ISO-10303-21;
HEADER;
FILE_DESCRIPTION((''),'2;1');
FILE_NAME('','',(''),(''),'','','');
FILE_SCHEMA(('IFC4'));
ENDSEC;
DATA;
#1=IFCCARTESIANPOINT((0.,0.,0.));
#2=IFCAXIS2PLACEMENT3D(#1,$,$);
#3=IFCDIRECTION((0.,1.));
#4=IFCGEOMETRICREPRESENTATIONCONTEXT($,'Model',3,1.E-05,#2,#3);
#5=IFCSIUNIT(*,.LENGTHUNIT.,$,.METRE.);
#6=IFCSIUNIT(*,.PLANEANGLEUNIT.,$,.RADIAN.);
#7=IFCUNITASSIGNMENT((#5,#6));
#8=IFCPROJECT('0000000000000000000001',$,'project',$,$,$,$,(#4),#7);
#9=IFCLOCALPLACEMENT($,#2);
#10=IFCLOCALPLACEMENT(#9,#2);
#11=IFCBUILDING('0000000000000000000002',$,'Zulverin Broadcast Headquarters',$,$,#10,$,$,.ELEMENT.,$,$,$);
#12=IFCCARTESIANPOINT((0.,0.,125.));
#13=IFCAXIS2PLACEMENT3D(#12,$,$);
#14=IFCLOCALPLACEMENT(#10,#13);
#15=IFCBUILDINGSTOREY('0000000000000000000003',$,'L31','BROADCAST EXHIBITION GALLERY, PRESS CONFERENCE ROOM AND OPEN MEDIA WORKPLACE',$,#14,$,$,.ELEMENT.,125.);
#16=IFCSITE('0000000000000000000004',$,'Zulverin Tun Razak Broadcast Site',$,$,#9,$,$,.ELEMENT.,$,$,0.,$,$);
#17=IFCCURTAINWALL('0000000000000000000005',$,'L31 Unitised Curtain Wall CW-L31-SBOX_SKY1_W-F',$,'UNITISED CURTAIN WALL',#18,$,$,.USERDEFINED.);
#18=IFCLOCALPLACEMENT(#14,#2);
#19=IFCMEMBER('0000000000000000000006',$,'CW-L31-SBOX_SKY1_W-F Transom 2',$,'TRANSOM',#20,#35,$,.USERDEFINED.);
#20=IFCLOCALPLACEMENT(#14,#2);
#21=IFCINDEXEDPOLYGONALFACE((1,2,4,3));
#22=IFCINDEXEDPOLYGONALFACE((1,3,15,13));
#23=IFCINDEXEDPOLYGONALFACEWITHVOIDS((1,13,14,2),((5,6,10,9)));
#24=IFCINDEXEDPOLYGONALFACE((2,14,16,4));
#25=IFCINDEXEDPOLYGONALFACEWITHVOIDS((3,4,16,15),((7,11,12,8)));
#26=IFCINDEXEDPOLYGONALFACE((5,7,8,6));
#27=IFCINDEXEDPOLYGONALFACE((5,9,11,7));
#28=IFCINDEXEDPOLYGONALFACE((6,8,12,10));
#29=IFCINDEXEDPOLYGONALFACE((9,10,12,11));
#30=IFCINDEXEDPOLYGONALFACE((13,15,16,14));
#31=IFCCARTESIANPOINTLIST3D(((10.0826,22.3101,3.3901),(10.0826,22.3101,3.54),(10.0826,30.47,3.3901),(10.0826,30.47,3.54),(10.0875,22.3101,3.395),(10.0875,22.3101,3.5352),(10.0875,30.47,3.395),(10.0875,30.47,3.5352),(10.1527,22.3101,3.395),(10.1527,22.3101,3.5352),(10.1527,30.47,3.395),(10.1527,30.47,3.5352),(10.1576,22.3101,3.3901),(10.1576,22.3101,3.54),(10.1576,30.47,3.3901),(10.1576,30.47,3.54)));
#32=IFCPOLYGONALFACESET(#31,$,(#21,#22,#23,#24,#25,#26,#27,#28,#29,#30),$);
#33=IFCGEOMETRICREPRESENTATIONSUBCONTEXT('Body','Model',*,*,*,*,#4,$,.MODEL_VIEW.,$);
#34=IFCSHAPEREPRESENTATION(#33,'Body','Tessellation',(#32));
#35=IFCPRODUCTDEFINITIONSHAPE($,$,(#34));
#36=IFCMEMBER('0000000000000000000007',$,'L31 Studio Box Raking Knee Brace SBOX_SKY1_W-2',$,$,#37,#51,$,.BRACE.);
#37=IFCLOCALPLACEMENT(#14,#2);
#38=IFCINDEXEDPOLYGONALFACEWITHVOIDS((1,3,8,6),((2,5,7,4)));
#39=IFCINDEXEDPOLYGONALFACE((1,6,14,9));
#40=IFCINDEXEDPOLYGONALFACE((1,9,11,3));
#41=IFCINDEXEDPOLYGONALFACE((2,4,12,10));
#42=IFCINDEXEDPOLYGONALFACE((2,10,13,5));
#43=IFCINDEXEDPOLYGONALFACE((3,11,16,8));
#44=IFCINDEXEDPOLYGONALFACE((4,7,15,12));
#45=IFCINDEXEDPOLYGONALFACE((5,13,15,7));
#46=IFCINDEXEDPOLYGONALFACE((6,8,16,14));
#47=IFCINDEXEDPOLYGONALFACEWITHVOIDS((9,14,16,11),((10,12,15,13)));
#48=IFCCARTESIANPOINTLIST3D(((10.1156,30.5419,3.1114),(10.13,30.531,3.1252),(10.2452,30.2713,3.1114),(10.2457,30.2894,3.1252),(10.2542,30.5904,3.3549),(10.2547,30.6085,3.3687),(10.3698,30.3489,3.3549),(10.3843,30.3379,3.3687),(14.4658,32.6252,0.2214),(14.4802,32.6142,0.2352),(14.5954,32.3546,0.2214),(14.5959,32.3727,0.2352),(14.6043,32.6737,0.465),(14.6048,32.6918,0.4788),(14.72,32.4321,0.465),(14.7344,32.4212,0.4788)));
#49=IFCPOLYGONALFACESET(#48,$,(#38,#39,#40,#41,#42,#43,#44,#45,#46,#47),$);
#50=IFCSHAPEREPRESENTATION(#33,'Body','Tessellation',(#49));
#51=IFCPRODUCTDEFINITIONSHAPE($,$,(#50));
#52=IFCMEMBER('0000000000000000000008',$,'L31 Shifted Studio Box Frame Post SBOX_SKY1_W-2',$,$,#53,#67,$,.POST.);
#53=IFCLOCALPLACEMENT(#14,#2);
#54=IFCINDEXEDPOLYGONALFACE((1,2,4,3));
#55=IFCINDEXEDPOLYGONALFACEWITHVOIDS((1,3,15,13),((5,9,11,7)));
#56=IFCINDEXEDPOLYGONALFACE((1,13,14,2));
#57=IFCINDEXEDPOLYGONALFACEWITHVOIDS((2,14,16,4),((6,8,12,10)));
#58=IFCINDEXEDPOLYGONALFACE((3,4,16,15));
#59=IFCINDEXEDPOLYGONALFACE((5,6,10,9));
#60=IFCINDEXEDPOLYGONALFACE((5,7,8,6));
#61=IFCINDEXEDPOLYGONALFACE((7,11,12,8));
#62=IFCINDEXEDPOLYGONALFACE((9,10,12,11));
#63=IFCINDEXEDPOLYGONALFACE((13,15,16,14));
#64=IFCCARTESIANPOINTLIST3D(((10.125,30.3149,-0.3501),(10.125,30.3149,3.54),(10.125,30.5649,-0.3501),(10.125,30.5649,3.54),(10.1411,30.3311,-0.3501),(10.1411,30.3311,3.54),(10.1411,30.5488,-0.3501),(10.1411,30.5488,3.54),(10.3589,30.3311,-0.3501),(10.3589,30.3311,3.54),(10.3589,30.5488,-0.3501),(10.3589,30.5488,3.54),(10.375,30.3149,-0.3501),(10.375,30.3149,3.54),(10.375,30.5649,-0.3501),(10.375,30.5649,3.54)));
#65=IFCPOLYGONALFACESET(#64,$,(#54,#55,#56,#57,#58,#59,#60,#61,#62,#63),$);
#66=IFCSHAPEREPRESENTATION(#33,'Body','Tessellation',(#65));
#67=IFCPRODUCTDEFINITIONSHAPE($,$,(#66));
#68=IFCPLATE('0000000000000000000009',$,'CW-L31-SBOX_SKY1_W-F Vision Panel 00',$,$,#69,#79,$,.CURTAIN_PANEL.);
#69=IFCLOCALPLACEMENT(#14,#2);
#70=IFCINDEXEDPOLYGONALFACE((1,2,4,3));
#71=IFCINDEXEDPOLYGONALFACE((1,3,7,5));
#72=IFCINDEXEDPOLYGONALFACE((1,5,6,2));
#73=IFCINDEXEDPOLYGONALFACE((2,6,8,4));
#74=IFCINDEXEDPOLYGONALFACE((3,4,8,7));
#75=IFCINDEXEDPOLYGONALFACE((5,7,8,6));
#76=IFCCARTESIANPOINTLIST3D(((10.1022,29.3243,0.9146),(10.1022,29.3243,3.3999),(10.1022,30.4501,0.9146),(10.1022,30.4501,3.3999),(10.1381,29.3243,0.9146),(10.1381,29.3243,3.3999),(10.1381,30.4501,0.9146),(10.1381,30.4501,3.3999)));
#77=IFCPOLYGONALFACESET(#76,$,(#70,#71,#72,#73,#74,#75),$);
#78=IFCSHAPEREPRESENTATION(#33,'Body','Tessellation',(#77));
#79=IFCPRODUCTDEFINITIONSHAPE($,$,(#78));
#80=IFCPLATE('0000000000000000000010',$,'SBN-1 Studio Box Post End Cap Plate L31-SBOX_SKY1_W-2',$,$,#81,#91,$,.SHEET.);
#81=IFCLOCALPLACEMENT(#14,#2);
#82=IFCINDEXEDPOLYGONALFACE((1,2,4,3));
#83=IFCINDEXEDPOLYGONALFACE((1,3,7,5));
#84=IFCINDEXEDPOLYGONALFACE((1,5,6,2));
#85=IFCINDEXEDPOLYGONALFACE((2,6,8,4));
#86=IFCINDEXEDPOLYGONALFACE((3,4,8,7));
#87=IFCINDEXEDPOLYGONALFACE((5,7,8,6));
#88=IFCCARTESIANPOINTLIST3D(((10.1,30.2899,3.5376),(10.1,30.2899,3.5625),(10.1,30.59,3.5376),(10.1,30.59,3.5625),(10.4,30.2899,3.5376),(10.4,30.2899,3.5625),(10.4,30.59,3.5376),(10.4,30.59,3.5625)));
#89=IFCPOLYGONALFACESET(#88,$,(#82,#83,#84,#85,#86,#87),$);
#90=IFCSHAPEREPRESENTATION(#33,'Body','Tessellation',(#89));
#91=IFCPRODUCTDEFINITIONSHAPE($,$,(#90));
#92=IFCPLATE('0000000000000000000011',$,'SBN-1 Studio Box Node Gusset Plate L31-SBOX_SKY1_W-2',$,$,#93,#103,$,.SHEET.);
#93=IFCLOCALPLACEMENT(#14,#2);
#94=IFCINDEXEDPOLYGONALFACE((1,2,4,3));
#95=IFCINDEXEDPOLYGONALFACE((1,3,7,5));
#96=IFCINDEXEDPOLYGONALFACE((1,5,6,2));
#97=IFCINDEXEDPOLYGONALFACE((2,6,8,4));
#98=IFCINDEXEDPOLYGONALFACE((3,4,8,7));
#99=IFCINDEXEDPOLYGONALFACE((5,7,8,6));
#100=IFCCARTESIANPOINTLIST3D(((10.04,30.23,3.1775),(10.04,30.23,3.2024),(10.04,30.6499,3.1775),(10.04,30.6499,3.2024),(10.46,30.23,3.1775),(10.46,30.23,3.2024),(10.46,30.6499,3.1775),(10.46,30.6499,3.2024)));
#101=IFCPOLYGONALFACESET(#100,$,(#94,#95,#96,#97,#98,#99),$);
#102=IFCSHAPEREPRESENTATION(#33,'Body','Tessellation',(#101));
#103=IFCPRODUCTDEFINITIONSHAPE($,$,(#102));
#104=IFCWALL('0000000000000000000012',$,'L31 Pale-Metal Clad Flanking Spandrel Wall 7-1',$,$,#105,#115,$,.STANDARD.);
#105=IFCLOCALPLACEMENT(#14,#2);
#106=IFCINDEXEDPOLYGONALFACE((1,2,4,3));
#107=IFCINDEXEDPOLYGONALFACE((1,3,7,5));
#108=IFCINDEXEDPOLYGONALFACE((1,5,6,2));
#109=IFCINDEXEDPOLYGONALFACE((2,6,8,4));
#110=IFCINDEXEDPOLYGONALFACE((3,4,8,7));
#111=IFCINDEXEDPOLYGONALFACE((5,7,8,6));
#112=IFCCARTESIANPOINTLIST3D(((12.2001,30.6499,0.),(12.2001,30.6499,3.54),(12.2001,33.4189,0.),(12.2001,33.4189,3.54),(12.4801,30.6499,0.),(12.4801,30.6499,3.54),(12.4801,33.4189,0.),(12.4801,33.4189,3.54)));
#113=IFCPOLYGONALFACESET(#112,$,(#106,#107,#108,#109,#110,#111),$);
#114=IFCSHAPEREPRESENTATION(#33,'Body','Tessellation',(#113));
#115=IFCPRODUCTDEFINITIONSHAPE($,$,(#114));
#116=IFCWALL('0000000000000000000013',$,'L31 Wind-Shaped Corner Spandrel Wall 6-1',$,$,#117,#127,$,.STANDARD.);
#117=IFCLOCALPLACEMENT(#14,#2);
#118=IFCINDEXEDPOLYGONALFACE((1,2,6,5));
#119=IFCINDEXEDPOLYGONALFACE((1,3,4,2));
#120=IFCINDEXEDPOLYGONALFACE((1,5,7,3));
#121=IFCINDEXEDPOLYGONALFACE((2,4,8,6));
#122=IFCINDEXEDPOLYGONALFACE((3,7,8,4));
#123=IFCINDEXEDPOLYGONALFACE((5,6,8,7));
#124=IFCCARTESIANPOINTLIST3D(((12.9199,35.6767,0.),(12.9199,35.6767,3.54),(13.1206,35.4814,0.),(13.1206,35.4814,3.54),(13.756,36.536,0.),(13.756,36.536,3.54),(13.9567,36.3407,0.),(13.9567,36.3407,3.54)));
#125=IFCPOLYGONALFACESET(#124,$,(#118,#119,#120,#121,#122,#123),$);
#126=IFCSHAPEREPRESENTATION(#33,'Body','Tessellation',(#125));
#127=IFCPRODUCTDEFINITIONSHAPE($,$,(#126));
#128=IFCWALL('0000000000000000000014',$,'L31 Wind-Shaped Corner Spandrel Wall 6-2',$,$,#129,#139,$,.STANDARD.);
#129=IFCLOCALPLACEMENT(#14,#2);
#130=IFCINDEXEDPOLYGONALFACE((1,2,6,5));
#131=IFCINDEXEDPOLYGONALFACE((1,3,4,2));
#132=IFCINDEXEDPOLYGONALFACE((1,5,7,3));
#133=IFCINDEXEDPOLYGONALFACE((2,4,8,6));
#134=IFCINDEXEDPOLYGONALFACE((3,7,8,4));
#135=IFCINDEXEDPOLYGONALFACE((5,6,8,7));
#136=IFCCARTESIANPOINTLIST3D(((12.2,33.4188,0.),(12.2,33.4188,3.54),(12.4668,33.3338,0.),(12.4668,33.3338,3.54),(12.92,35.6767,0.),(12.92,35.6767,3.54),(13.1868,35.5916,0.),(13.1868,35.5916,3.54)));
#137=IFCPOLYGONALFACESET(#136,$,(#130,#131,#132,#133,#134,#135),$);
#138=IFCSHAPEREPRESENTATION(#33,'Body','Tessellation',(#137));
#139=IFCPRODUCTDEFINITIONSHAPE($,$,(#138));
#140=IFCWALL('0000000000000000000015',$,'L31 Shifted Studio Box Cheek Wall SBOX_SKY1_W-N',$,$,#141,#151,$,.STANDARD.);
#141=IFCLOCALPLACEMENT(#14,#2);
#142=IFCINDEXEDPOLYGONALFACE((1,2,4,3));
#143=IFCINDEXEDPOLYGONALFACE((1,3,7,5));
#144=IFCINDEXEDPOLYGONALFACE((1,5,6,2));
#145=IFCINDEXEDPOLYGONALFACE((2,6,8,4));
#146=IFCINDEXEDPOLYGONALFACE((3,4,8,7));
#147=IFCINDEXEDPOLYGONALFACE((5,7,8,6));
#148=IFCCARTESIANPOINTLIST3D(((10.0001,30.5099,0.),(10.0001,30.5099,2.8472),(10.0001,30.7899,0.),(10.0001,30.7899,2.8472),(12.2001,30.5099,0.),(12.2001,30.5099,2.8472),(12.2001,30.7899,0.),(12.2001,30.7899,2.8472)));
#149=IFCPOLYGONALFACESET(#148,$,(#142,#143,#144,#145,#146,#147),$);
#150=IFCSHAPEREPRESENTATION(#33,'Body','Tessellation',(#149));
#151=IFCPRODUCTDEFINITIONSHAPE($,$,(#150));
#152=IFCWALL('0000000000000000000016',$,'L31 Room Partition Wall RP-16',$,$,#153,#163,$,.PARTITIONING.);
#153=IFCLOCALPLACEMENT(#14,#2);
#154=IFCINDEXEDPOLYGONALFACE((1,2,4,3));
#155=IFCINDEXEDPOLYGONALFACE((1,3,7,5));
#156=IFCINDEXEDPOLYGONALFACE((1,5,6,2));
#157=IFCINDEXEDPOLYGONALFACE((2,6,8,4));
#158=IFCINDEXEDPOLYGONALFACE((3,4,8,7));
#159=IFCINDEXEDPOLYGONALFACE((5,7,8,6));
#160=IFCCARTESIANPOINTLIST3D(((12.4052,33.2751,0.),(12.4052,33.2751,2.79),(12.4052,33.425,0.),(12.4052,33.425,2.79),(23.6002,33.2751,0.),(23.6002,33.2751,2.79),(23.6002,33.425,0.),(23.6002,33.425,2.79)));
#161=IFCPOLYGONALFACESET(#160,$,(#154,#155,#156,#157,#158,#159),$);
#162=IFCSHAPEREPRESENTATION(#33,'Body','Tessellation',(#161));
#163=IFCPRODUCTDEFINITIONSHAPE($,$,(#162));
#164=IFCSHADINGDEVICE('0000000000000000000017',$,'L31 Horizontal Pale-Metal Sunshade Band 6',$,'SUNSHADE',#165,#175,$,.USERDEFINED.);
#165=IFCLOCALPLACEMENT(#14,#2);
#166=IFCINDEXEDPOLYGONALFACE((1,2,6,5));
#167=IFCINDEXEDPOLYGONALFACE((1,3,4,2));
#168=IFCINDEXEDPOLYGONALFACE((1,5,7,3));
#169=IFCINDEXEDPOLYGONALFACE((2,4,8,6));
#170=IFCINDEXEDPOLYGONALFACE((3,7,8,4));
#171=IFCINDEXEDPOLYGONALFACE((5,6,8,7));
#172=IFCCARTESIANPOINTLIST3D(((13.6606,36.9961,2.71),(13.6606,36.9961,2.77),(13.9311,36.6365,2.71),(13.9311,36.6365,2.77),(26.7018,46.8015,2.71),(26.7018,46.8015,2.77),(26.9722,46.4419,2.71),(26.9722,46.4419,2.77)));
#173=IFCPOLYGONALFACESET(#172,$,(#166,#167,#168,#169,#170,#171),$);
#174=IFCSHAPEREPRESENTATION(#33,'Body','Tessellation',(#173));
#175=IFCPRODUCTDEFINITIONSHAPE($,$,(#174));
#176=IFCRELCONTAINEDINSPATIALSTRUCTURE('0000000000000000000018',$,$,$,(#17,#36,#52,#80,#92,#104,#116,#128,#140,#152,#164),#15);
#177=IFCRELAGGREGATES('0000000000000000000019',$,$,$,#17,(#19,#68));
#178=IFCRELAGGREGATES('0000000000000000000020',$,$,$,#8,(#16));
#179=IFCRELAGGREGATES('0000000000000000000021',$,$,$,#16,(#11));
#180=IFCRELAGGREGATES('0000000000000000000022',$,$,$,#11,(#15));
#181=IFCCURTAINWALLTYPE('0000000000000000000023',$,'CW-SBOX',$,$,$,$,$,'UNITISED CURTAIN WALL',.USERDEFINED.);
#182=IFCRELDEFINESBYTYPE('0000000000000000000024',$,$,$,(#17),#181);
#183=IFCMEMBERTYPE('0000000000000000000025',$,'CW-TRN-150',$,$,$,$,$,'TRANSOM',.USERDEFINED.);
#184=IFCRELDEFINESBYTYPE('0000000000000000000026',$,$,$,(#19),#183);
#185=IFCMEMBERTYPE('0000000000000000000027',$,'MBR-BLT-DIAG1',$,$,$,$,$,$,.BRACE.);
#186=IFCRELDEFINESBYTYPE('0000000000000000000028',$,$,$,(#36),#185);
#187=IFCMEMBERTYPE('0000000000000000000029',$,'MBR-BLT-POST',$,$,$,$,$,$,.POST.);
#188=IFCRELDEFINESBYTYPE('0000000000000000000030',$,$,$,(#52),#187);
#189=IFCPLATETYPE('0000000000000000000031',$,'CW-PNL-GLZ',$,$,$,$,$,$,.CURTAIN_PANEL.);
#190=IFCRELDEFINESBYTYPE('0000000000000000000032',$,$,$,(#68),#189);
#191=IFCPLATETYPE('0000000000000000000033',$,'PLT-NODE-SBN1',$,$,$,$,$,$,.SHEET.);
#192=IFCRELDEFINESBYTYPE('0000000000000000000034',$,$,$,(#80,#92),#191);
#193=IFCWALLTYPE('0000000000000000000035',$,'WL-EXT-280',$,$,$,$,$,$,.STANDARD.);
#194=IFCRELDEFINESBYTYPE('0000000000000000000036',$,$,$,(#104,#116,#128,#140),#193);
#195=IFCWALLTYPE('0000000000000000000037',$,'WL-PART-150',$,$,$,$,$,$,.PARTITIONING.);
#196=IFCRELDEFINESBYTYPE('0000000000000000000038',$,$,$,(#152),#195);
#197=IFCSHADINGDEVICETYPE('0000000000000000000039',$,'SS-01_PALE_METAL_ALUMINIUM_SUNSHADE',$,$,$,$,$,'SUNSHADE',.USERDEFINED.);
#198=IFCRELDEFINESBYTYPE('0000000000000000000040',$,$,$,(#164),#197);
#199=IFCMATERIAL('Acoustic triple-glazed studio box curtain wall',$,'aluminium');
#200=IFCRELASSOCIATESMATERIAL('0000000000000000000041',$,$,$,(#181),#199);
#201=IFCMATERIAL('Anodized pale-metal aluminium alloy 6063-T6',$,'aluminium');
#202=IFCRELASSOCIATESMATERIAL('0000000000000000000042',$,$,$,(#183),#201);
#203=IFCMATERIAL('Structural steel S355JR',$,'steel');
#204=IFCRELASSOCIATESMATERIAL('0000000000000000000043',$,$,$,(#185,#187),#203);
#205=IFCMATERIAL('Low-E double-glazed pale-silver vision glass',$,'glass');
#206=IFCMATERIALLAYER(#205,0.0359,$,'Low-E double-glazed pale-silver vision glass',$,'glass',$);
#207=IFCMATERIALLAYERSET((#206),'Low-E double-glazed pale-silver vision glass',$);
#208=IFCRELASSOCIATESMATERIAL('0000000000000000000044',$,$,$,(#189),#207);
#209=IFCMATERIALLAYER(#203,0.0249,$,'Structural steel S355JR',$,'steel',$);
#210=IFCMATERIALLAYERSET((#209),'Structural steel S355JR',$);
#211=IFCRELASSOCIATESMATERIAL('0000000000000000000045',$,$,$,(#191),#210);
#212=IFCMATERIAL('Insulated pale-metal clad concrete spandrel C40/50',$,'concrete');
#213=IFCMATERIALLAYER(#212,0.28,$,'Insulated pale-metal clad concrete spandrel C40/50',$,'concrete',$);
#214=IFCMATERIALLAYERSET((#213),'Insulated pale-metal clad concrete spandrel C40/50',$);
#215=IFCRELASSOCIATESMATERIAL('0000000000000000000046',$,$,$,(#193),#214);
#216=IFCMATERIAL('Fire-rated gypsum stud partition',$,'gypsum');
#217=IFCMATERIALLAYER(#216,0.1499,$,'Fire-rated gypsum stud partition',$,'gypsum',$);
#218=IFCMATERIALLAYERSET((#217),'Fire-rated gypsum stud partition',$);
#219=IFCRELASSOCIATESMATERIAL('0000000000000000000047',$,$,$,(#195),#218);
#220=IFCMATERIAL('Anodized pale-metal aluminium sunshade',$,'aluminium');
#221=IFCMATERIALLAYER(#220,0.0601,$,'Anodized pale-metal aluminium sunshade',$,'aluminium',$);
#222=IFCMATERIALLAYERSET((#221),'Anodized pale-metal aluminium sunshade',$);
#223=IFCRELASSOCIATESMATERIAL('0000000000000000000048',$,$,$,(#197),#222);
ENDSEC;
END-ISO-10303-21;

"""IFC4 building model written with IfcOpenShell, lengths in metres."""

from ifc_helpers import new_model, si_unit, direction, frame, frame_2d, origin, origin_2d, place, context, subcontext, project, spatial, rectangle, hollow_rectangle, extrude, material, layer, layer_set, material_profile, profile_set, type_object, element, aggregate, save


model = new_model("IFC4")

# Units and contexts
model_context = context("Model", 3, precision=1e-05, world=origin(), true_north=direction((0.0, 1.0)))
body_context = subcontext(model_context, "Body", "Model", "MODEL_VIEW")
ifc_project = project(units=[si_unit("LENGTHUNIT", "METRE"), si_unit("PLANEANGLEUNIT", "RADIAN")], contexts=[model_context])

# Site, building, storey
site_placement = place(None, origin())
site = spatial("IfcSite", under=ifc_project, at=site_placement, Name="Zulverin Tun Razak Broadcast Site", CompositionType="ELEMENT", RefElevation=0.0)
building_placement = place(site_placement, origin())
building = spatial("IfcBuilding", under=site, at=building_placement, Name="Zulverin Broadcast Headquarters", CompositionType="ELEMENT")
storey_placement = place(building_placement, frame((0.0, 0.0, 125.0)))
storey = spatial("IfcBuildingStorey", under=building, at=storey_placement, Name="L31", Description="BROADCAST EXHIBITION GALLERY, PRESS CONFERENCE ROOM AND OPEN MEDIA WORKPLACE", CompositionType="ELEMENT", Elevation=125.0)

# Shared definitions
ifc_material_1 = material(Name="Structural steel S355JR", Category="steel")

# Curtain wall, member
ifc_material_2 = material(Name="Acoustic triple-glazed studio box curtain wall", Category="aluminium")
curtain_wall_type = type_object("IfcCurtainWallType", Name="CW-SBOX", ElementType="UNITISED CURTAIN WALL", PredefinedType="USERDEFINED", material=ifc_material_2)
curtain_wall_placement = place(storey_placement, origin())
curtain_wall = element("IfcCurtainWall", 1, at=curtain_wall_placement, inside=storey, type_object=curtain_wall_type, Name="L31 Unitised Curtain Wall CW-L31-SBOX_SKY1_W-F", ObjectType="UNITISED CURTAIN WALL", PredefinedType="USERDEFINED")
ifc_material_3 = material(Name="Anodized pale-metal aluminium alloy 6063-T6", Category="aluminium")
ifc_material_profile_1 = material_profile(ifc_material_3, hollow_rectangle(XDim=0.075, YDim=0.1499, WallThickness=0.0049, at=origin_2d()), Name="Anodized pale-metal aluminium alloy 6063-T6", Category="aluminium")
ifc_profile_set_1 = profile_set([ifc_material_profile_1], Name="Anodized pale-metal aluminium alloy 6063-T6")
member_type_1 = type_object("IfcMemberType", Name="CW-TRN-150", ElementType="TRANSOM", PredefinedType="USERDEFINED", material=ifc_profile_set_1)
member_1_placement = place(storey_placement, frame((10.1201, 30.47, 3.4651), z_axis=(0.0, -1.0, 0.0), x_axis=(1.0, 0.0, 0.0)))
member_1 = element("IfcMember", 2, at=member_1_placement, type_object=member_type_1, Name="CW-L31-SBOX_SKY1_W-F Transom 2", ObjectType="TRANSOM", PredefinedType="USERDEFINED", context=body_context, shape_type="SweptSolid", body=[
    extrude(hollow_rectangle(XDim=0.075, YDim=0.1499, WallThickness=0.0049, at=origin_2d()), origin(), (0.0, 0.0, 1.0), 8.1599),
])

# Members
ifc_material_profile_2 = material_profile(ifc_material_1, hollow_rectangle(XDim=0.3, YDim=0.3, WallThickness=0.0161, at=origin_2d()), Name="Structural steel S355JR", Category="steel")
ifc_profile_set_2 = profile_set([ifc_material_profile_2], Name="Structural steel S355JR")
member_type_2 = type_object("IfcMemberType", Name="MBR-BLT-DIAG1", PredefinedType="BRACE", material=ifc_profile_set_2)
member_2_placement = place(storey_placement, frame((14.6001, 32.5232, 0.3501), z_axis=(-0.773667, -0.370507, 0.513969), x_axis=(0.431923, -0.901911, 0.0)))
element("IfcMember", 3, at=member_2_placement, inside=storey, type_object=member_type_2, Name="L31 Studio Box Raking Knee Brace SBOX_SKY1_W-2", PredefinedType="BRACE", context=body_context, shape_type="SweptSolid", body=[
    extrude(hollow_rectangle(XDim=0.3, YDim=0.3, WallThickness=0.0161, at=origin_2d()), origin(), (0.0, 0.0, 1.0), 5.6228),
])
ifc_material_profile_3 = material_profile(ifc_material_1, hollow_rectangle(XDim=0.25, YDim=0.25, WallThickness=0.0161, at=origin_2d()), Name="Structural steel S355JR", Category="steel")
ifc_profile_set_3 = profile_set([ifc_material_profile_3], Name="Structural steel S355JR")
member_type_3 = type_object("IfcMemberType", Name="MBR-BLT-POST", PredefinedType="POST", material=ifc_profile_set_3)
member_3_placement = place(storey_placement, frame((10.25, 30.4399, -0.3501), z_axis=(0.0, 0.0, 1.0), x_axis=(1.0, 0.0, 0.0)))
element("IfcMember", 4, at=member_3_placement, inside=storey, type_object=member_type_3, Name="L31 Shifted Studio Box Frame Post SBOX_SKY1_W-2", PredefinedType="POST", context=body_context, shape_type="SweptSolid", body=[
    extrude(hollow_rectangle(XDim=0.25, YDim=0.25, WallThickness=0.0161, at=origin_2d()), origin(), (0.0, 0.0, 1.0), 3.8901),
])

# Plate
ifc_material_4 = material(Name="Low-E double-glazed pale-silver vision glass", Category="glass")
ifc_layer_1 = layer(ifc_material_4, 0.0359, Name="Low-E double-glazed pale-silver vision glass", Category="glass")
ifc_layer_set_1 = layer_set([ifc_layer_1], Name="Low-E double-glazed pale-silver vision glass")
plate_type_1 = type_object("IfcPlateType", Name="CW-PNL-GLZ", PredefinedType="CURTAIN_PANEL", material=ifc_layer_set_1)
plate_1_placement = place(storey_placement, frame((10.1201, 29.8872, 0.9146), z_axis=(0.0, 0.0, 1.0), x_axis=(0.0, -1.0, 0.0)))
plate_1 = element("IfcPlate", 5, at=plate_1_placement, type_object=plate_type_1, Name="CW-L31-SBOX_SKY1_W-F Vision Panel 00", PredefinedType="CURTAIN_PANEL", context=body_context, shape_type="SweptSolid", body=[
    extrude(rectangle(XDim=1.1257, YDim=0.0359, at=origin_2d()), origin(), (0.0, 0.0, 1.0), 2.4854),
])
aggregate(curtain_wall, [member_1, plate_1])

# Plates
ifc_layer_2 = layer(ifc_material_1, 0.0249, Name="Structural steel S355JR", Category="steel")
ifc_layer_set_2 = layer_set([ifc_layer_2], Name="Structural steel S355JR")
plate_type_2 = type_object("IfcPlateType", Name="PLT-NODE-SBN1", PredefinedType="SHEET", material=ifc_layer_set_2)
plate_2_placement = place(storey_placement, frame((10.25, 30.4399, 3.5376), z_axis=(0.0, 0.0, 1.0), x_axis=(1.0, 0.0, 0.0)))
element("IfcPlate", 6, at=plate_2_placement, inside=storey, type_object=plate_type_2, Name="SBN-1 Studio Box Post End Cap Plate L31-SBOX_SKY1_W-2", PredefinedType="SHEET", context=body_context, shape_type="SweptSolid", body=[
    extrude(rectangle(XDim=0.3, YDim=0.3, at=origin_2d()), origin(), (0.0, 0.0, 1.0), 0.0249),
])
plate_3_placement = place(storey_placement, frame((10.25, 30.4399, 3.1775), z_axis=(0.0, 0.0, 1.0), x_axis=(1.0, 0.0, 0.0)))
element("IfcPlate", 7, at=plate_3_placement, inside=storey, type_object=plate_type_2, Name="SBN-1 Studio Box Node Gusset Plate L31-SBOX_SKY1_W-2", PredefinedType="SHEET", context=body_context, shape_type="SweptSolid", body=[
    extrude(rectangle(XDim=0.4199, YDim=0.4199, at=origin_2d()), origin(), (0.0, 0.0, 1.0), 0.0249),
])

# Walls
ifc_material_5 = material(Name="Insulated pale-metal clad concrete spandrel C40/50", Category="concrete")
ifc_layer_3 = layer(ifc_material_5, 0.28, Name="Insulated pale-metal clad concrete spandrel C40/50", Category="concrete")
ifc_layer_set_3 = layer_set([ifc_layer_3], Name="Insulated pale-metal clad concrete spandrel C40/50")
wall_type_1 = type_object("IfcWallType", Name="WL-EXT-280", PredefinedType="STANDARD", material=ifc_layer_set_3)
wall_1_placement = place(storey_placement, frame((12.3401, 33.4189, 0.0), z_axis=(0.0, 0.0, 1.0), x_axis=(0.0, -1.0, 0.0)))
element("IfcWall", 8, at=wall_1_placement, inside=storey, type_object=wall_type_1, Name="L31 Pale-Metal Clad Flanking Spandrel Wall 7-1", PredefinedType="STANDARD", context=body_context, shape_type="SweptSolid", body=[
    extrude(rectangle(XDim=2.769, YDim=0.28, at=frame_2d((1.3845, 0.0))), origin(), (0.0, 0.0, 1.0), 3.54),
])
wall_2_placement = place(storey_placement, frame((13.8564, 36.4385, 0.0), z_axis=(0.0, 0.0, 1.0), x_axis=(-0.697369, -0.716712, 0.0)))
element("IfcWall", 9, at=wall_2_placement, inside=storey, type_object=wall_type_1, Name="L31 Wind-Shaped Corner Spandrel Wall 6-1", PredefinedType="STANDARD", context=body_context, shape_type="SweptSolid", body=[
    extrude(rectangle(XDim=1.199, YDim=0.28, at=frame_2d((0.5996, 0.0))), origin(), (0.0, 0.0, 1.0), 3.54),
])
wall_3_placement = place(storey_placement, frame((13.0535, 35.6343, 0.0), z_axis=(0.0, 0.0, 1.0), x_axis=(-0.303807, -0.952733, 0.0)))
element("IfcWall", 10, at=wall_3_placement, inside=storey, type_object=wall_type_1, Name="L31 Wind-Shaped Corner Spandrel Wall 6-2", PredefinedType="STANDARD", context=body_context, shape_type="SweptSolid", body=[
    extrude(rectangle(XDim=2.3699, YDim=0.28, at=frame_2d((1.1851, 0.0))), origin(), (0.0, 0.0, 1.0), 3.54),
])
wall_4_placement = place(storey_placement, frame((10.0, 30.6499, 0.0), z_axis=(0.0, 0.0, 1.0), x_axis=(1.0, 0.0, 0.0)))
element("IfcWall", 11, at=wall_4_placement, inside=storey, type_object=wall_type_1, Name="L31 Shifted Studio Box Cheek Wall SBOX_SKY1_W-N", PredefinedType="STANDARD", context=body_context, shape_type="SweptSolid", body=[
    extrude(rectangle(XDim=2.2, YDim=0.28, at=frame_2d((1.1001, 0.0))), origin(), (0.0, 0.0, 1.0), 2.8472),
])
ifc_material_6 = material(Name="Fire-rated gypsum stud partition", Category="gypsum")
ifc_layer_4 = layer(ifc_material_6, 0.1499, Name="Fire-rated gypsum stud partition", Category="gypsum")
ifc_layer_set_4 = layer_set([ifc_layer_4], Name="Fire-rated gypsum stud partition")
wall_type_2 = type_object("IfcWallType", Name="WL-PART-150", PredefinedType="PARTITIONING", material=ifc_layer_set_4)
wall_5_placement = place(storey_placement, frame((12.405, 33.3501, 0.0), z_axis=(0.0, 0.0, 1.0), x_axis=(1.0, 0.0, 0.0)))
element("IfcWall", 12, at=wall_5_placement, inside=storey, type_object=wall_type_2, Name="L31 Room Partition Wall RP-16", PredefinedType="PARTITIONING", context=body_context, shape_type="SweptSolid", body=[
    extrude(rectangle(XDim=11.1951, YDim=0.1499, at=frame_2d((5.5977, 0.0))), origin(), (0.0, 0.0, 1.0), 2.79),
])

# Shading device
ifc_material_7 = material(Name="Anodized pale-metal aluminium sunshade", Category="aluminium")
ifc_layer_5 = layer(ifc_material_7, 0.0601, Name="Anodized pale-metal aluminium sunshade", Category="aluminium")
ifc_layer_set_5 = layer_set([ifc_layer_5], Name="Anodized pale-metal aluminium sunshade")
shading_device_type = type_object("IfcShadingDeviceType", Name="SS-01_PALE_METAL_ALUMINIUM_SUNSHADE", ElementType="SUNSHADE", PredefinedType="USERDEFINED", material=ifc_layer_set_5)
shading_device_placement = place(storey_placement, frame((20.3164, 41.719, 2.71), z_axis=(0.0, 0.0, 1.0), x_axis=(-0.799276, -0.600964, 0.0)))
element("IfcShadingDevice", 13, at=shading_device_placement, inside=storey, type_object=shading_device_type, Name="L31 Horizontal Pale-Metal Sunshade Band 6", ObjectType="SUNSHADE", PredefinedType="USERDEFINED", context=body_context, shape_type="SweptSolid", body=[
    extrude(rectangle(XDim=16.3162, YDim=0.45, at=origin_2d()), origin(), (0.0, 0.0, 1.0), 0.0601),
])

save(model, "model.ifc")
